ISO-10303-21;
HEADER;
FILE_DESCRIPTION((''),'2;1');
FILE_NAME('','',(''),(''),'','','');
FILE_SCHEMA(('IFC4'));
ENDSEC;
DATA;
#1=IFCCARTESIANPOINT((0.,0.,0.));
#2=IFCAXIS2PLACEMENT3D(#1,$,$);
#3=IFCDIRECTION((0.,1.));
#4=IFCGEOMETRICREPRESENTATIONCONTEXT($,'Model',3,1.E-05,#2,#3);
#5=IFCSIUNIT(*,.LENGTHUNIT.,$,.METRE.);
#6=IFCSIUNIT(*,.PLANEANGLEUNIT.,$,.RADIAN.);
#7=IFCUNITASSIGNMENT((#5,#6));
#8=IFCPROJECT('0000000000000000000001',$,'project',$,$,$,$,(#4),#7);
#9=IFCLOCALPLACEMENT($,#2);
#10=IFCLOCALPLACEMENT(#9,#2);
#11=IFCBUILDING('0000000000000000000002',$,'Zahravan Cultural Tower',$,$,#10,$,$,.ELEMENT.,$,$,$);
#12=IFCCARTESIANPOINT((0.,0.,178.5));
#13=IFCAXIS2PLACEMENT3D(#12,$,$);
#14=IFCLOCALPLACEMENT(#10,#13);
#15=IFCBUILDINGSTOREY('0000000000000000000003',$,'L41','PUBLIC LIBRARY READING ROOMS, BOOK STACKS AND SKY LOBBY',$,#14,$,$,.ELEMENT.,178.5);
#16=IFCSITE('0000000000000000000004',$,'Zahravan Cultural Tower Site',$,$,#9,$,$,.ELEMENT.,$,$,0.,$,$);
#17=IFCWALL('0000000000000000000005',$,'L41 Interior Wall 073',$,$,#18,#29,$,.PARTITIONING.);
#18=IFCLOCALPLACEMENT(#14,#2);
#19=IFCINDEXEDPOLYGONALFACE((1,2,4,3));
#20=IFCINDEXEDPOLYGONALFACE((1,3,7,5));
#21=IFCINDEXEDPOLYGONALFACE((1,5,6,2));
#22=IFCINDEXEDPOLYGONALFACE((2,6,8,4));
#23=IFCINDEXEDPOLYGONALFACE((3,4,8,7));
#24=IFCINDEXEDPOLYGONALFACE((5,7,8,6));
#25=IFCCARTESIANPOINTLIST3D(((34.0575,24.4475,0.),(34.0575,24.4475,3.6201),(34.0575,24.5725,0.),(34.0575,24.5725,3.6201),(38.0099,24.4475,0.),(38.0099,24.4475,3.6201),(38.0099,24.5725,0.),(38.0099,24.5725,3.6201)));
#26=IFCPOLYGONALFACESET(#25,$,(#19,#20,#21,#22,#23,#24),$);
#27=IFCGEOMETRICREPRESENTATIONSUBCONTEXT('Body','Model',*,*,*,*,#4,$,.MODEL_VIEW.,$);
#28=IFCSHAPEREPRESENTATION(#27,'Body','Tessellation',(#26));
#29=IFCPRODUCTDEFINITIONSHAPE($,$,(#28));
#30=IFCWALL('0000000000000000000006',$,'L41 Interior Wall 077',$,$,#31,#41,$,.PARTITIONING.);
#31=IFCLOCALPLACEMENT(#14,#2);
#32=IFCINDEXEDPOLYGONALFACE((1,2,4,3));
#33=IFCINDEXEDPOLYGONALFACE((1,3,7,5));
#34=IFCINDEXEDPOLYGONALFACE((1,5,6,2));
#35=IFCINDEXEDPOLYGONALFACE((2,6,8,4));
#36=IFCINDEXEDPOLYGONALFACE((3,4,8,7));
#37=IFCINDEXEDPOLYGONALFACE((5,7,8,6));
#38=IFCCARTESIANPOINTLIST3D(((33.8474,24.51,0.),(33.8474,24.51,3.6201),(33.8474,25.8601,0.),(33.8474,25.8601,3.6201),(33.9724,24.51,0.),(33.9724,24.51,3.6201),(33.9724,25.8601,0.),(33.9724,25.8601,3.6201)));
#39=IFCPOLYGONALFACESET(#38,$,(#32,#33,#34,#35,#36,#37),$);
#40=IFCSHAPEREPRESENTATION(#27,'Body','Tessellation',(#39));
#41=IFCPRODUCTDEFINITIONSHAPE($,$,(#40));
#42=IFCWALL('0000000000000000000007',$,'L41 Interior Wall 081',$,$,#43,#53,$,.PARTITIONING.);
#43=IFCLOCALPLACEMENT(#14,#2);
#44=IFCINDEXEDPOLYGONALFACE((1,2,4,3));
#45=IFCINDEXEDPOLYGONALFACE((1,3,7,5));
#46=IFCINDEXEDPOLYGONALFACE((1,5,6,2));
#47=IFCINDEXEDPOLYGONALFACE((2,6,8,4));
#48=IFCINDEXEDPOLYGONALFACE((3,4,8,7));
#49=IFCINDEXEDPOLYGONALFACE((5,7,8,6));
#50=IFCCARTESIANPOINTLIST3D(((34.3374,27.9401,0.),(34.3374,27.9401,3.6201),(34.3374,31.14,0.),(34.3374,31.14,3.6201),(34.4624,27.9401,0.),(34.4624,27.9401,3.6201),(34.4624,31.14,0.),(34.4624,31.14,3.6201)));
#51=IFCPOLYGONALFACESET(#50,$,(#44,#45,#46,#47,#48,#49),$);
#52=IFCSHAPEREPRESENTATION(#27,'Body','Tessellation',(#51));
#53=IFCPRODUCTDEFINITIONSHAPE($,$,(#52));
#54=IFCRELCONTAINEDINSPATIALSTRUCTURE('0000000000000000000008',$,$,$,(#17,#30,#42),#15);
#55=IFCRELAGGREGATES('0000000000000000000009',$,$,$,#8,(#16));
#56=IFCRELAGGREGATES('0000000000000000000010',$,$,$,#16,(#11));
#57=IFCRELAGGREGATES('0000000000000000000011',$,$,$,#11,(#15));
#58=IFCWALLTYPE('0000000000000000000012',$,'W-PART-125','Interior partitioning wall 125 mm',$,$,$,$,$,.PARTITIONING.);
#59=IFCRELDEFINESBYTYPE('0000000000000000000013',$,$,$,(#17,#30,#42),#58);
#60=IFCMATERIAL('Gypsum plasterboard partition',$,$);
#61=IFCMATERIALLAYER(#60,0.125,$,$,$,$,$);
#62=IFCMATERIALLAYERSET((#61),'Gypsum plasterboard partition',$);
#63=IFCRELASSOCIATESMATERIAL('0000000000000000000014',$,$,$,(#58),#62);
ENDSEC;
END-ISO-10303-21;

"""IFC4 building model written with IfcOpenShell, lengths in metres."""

from ifc_helpers import new_model, si_unit, direction, frame, frame_2d, origin, place, context, subcontext, project, spatial, rectangle, extrude, source, transform, mapped, material, layer, layer_set, type_object, element, save


model = new_model("IFC4")

# Units and contexts
model_context = context("Model", 3, precision=1e-05, world=origin(), true_north=direction((0.0, 1.0)))
body_context = subcontext(model_context, "Body", "Model", "MODEL_VIEW")
ifc_project = project(units=[si_unit("LENGTHUNIT", "METRE"), si_unit("PLANEANGLEUNIT", "RADIAN")], contexts=[model_context])

# Site, building, storey
site_placement = place(None, origin())
site = spatial("IfcSite", under=ifc_project, at=site_placement, Name="Zahravan Cultural Tower Site", CompositionType="ELEMENT", RefElevation=0.0)
building_placement = place(site_placement, origin())
building = spatial("IfcBuilding", under=site, at=building_placement, Name="Zahravan Cultural Tower", CompositionType="ELEMENT")
storey_placement = place(building_placement, frame((0.0, 0.0, 178.5)))
storey = spatial("IfcBuildingStorey", under=building, at=storey_placement, Name="L41", Description="PUBLIC LIBRARY READING ROOMS, BOOK STACKS AND SKY LOBBY", CompositionType="ELEMENT", Elevation=178.5)

# Shared definitions
ifc_material_1 = material(Name="Gypsum plasterboard partition")
ifc_layer_1 = layer(ifc_material_1, 0.125)
ifc_layer_set_1 = layer_set([ifc_layer_1], Name="Gypsum plasterboard partition")
wall_type_1 = type_object("IfcWallType", Name="W-PART-125", Description="Interior partitioning wall 125 mm", PredefinedType="PARTITIONING", material=ifc_layer_set_1)

# Walls
shared_shape_1 = source(origin(), body_context, "Body", "SweptSolid", [
    extrude(rectangle(XDim=3.9524, YDim=0.125, at=frame_2d((1.9761, 0.0))), origin(), (0.0, 0.0, 1.0), 3.6201),
])
wall_1_placement = place(storey_placement, frame((34.0576, 24.51, 0.0), z_axis=(0.0, 0.0, 1.0), x_axis=(1.0, 0.0, 0.0)))
element("IfcWall", 1, at=wall_1_placement, inside=storey, type_object=wall_type_1, Name="L41 Interior Wall 073", PredefinedType="PARTITIONING", context=body_context, shape_type="MappedRepresentation", body=[
    mapped(shared_shape_1, transform((0.0, 0.0, 0.0), x_axis=(1.0, 0.0, 0.0), y_axis=(0.0, 1.0, 0.0), z_axis=(0.0, 0.0, 1.0), scale=1.0)),
])
shared_shape_2 = source(origin(), body_context, "Body", "SweptSolid", [
    extrude(rectangle(XDim=1.3501, YDim=0.125, at=frame_2d((0.675, 0.0))), origin(), (0.0, 0.0, 1.0), 3.6201),
])
wall_2_placement = place(storey_placement, frame((33.9099, 25.8601, 0.0), z_axis=(0.0, 0.0, 1.0), x_axis=(0.0, -1.0, 0.0)))
element("IfcWall", 2, at=wall_2_placement, inside=storey, type_object=wall_type_1, Name="L41 Interior Wall 077", PredefinedType="PARTITIONING", context=body_context, shape_type="MappedRepresentation", body=[
    mapped(shared_shape_2, transform((0.0, 0.0, 0.0), x_axis=(1.0, 0.0, 0.0), y_axis=(0.0, 1.0, 0.0), z_axis=(0.0, 0.0, 1.0), scale=1.0)),
])
shared_shape_3 = source(origin(), body_context, "Body", "SweptSolid", [
    extrude(rectangle(XDim=3.2, YDim=0.125, at=frame_2d((1.6001, 0.0))), origin(), (0.0, 0.0, 1.0), 3.6201),
])
wall_3_placement = place(storey_placement, frame((34.3999, 27.9399, 0.0), z_axis=(0.0, 0.0, 1.0), x_axis=(0.0, 1.0, 0.0)))
element("IfcWall", 3, at=wall_3_placement, inside=storey, type_object=wall_type_1, Name="L41 Interior Wall 081", PredefinedType="PARTITIONING", context=body_context, shape_type="MappedRepresentation", body=[
    mapped(shared_shape_3, transform((0.0, 0.0, 0.0), x_axis=(1.0, 0.0, 0.0), y_axis=(0.0, 1.0, 0.0), z_axis=(0.0, 0.0, 1.0), scale=1.0)),
])

save(model, "model.ifc")
